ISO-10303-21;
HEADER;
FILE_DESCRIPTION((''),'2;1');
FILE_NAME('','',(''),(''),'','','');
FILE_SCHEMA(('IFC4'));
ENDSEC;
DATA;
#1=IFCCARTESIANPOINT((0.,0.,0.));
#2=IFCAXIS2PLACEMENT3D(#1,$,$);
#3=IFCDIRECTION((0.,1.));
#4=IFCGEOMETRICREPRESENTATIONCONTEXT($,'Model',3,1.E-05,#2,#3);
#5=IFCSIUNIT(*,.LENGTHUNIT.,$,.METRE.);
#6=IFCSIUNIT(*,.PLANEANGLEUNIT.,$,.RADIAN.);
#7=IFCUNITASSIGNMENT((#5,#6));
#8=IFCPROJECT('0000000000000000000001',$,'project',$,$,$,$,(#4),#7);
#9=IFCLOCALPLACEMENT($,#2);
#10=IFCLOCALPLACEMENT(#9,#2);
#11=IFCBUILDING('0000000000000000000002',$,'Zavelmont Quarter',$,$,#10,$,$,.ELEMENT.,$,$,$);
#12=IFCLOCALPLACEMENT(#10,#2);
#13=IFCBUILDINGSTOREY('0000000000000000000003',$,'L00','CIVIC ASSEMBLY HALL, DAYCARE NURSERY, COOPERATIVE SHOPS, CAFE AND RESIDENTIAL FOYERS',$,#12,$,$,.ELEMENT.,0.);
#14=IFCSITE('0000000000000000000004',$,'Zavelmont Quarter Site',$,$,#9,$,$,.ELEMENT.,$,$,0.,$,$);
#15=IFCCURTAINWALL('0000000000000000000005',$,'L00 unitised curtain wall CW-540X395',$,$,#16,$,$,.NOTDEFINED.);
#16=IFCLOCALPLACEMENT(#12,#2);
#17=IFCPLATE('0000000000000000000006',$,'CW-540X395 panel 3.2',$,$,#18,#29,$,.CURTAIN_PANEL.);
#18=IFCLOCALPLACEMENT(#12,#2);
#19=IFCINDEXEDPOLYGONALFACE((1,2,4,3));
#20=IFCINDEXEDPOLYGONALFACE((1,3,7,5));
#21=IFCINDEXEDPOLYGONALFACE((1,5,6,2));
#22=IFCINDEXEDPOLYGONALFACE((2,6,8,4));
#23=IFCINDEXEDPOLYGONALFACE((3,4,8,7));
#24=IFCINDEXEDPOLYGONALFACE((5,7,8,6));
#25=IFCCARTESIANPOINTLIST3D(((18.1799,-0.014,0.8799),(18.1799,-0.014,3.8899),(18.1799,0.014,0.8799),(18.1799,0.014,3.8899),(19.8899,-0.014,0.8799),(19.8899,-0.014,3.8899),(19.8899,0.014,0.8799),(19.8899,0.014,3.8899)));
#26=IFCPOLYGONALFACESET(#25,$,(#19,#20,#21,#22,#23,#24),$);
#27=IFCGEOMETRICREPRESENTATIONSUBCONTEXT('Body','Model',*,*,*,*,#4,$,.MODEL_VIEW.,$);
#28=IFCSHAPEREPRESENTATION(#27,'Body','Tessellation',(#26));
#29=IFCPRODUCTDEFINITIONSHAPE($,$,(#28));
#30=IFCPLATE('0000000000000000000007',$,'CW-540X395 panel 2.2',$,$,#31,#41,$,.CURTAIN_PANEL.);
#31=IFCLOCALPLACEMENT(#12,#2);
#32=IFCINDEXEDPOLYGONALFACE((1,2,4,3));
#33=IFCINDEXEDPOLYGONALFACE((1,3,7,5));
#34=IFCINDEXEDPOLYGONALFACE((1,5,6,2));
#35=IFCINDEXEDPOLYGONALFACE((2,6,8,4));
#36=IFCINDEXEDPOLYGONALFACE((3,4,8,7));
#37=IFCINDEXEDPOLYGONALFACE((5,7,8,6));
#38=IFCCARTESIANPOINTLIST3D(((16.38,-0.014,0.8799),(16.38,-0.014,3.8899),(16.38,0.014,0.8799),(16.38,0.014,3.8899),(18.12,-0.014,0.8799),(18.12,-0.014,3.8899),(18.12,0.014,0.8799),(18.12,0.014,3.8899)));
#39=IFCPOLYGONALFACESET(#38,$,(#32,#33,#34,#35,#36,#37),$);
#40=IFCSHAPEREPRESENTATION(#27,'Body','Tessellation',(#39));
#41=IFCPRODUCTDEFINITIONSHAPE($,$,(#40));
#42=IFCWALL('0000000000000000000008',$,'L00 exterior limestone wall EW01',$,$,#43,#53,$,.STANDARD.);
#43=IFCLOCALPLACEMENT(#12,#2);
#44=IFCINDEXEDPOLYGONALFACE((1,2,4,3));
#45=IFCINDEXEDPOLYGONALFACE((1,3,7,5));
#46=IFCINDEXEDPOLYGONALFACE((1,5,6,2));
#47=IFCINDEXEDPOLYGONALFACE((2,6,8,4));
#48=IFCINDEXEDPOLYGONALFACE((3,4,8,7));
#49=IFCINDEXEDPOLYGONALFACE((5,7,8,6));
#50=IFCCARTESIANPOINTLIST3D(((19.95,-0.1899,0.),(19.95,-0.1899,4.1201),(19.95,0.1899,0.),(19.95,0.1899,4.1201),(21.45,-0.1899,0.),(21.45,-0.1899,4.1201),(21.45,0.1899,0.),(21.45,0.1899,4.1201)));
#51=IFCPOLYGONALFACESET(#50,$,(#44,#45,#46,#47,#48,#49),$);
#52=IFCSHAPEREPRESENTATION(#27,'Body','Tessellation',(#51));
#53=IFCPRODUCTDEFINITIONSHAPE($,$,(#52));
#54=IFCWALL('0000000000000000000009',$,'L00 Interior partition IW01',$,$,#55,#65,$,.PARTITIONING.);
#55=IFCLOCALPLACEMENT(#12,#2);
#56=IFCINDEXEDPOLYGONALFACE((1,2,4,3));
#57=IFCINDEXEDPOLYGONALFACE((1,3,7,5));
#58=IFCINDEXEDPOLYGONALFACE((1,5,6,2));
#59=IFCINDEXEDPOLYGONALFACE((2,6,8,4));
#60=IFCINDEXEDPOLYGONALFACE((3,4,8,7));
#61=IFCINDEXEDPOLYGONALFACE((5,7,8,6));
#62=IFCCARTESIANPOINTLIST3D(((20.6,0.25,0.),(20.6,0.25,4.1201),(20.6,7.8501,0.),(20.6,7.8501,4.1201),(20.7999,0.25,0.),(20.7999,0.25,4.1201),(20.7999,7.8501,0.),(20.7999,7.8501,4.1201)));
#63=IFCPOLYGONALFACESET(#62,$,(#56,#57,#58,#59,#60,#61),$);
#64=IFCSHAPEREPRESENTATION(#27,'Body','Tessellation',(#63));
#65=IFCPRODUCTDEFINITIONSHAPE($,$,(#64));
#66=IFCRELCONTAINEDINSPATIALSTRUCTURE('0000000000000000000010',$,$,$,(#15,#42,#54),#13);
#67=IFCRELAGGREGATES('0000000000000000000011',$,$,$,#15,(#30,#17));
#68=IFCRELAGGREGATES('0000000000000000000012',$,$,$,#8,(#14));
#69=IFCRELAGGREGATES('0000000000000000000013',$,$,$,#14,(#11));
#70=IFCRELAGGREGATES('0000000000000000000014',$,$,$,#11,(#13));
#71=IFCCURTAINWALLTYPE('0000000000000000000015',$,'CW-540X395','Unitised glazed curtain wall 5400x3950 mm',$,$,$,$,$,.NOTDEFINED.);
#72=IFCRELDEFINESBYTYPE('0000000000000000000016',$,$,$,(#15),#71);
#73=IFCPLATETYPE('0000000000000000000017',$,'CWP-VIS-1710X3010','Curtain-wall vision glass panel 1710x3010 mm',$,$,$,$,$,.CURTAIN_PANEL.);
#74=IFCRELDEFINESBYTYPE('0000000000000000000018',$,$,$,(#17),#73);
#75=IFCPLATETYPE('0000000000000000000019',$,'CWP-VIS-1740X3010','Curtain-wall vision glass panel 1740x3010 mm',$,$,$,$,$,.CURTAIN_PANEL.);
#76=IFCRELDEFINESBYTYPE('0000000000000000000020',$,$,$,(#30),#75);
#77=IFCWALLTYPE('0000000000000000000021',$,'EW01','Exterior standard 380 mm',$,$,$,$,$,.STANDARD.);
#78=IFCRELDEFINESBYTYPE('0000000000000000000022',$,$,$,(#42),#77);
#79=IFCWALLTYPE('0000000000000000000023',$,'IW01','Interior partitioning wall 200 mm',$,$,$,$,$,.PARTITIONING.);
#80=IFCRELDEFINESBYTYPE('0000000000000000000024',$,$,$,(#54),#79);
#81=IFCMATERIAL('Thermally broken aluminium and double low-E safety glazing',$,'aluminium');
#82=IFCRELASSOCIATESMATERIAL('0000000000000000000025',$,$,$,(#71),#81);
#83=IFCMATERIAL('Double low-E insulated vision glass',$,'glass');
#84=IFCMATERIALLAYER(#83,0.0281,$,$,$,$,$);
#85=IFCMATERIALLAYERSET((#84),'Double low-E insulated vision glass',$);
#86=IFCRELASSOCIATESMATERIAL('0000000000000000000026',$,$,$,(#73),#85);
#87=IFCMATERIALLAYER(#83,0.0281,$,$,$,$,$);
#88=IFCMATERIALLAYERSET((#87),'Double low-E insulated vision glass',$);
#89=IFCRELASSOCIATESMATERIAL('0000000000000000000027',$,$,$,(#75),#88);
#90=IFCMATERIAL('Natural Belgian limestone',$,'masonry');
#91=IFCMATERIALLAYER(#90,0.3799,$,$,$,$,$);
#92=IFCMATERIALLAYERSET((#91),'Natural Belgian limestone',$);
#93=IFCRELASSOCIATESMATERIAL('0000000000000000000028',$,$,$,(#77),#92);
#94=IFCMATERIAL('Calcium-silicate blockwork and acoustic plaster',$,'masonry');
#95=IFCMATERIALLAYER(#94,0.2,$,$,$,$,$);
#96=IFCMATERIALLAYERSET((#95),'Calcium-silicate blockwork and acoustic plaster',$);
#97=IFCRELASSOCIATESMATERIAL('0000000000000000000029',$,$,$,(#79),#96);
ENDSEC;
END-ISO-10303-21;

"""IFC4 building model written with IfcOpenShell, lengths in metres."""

from ifc_helpers import new_model, si_unit, direction, frame, frame_2d, origin, origin_2d, place, context, subcontext, project, spatial, rectangle, extrude, material, layer, layer_set, type_object, element, aggregate, save


model = new_model("IFC4")

# Units and contexts
model_context = context("Model", 3, precision=1e-05, world=origin(), true_north=direction((0.0, 1.0)))
body_context = subcontext(model_context, "Body", "Model", "MODEL_VIEW")
ifc_project = project(units=[si_unit("LENGTHUNIT", "METRE"), si_unit("PLANEANGLEUNIT", "RADIAN")], contexts=[model_context])

# Site, building, storey
site_placement = place(None, origin())
site = spatial("IfcSite", under=ifc_project, at=site_placement, Name="Zavelmont Quarter Site", CompositionType="ELEMENT", RefElevation=0.0)
building_placement = place(site_placement, origin())
building = spatial("IfcBuilding", under=site, at=building_placement, Name="Zavelmont Quarter", CompositionType="ELEMENT")
storey_placement = place(building_placement, origin())
storey = spatial("IfcBuildingStorey", under=building, at=storey_placement, Name="L00", Description="CIVIC ASSEMBLY HALL, DAYCARE NURSERY, COOPERATIVE SHOPS, CAFE AND RESIDENTIAL FOYERS", CompositionType="ELEMENT", Elevation=0.0)

# Curtain wall
ifc_material_1 = material(Name="Thermally broken aluminium and double low-E safety glazing", Category="aluminium")
curtain_wall_type = type_object("IfcCurtainWallType", Name="CW-540X395", Description="Unitised glazed curtain wall 5400x3950 mm", PredefinedType="NOTDEFINED", material=ifc_material_1)
curtain_wall_placement = place(storey_placement, origin())
curtain_wall = element("IfcCurtainWall", 1, at=curtain_wall_placement, inside=storey, type_object=curtain_wall_type, Name="L00 unitised curtain wall CW-540X395", PredefinedType="NOTDEFINED")

# Plates
ifc_material_2 = material(Name="Double low-E insulated vision glass", Category="glass")
ifc_layer_1 = layer(ifc_material_2, 0.0281)
ifc_layer_set_1 = layer_set([ifc_layer_1], Name="Double low-E insulated vision glass")
plate_type_1 = type_object("IfcPlateType", Name="CWP-VIS-1710X3010", Description="Curtain-wall vision glass panel 1710x3010 mm", PredefinedType="CURTAIN_PANEL", material=ifc_layer_set_1)
plate_1_placement = place(storey_placement, frame((19.0349, 0.0, 0.8799), z_axis=(0.0, 0.0, 1.0), x_axis=(1.0, 0.0, 0.0)))
plate_1 = element("IfcPlate", 2, at=plate_1_placement, type_object=plate_type_1, Name="CW-540X395 panel 3.2", PredefinedType="CURTAIN_PANEL", context=body_context, shape_type="SweptSolid", body=[
    extrude(rectangle(XDim=1.71, YDim=0.0281, at=origin_2d()), origin(), (0.0, 0.0, 1.0), 3.01),
])
ifc_layer_2 = layer(ifc_material_2, 0.0281)
ifc_layer_set_2 = layer_set([ifc_layer_2], Name="Double low-E insulated vision glass")
plate_type_2 = type_object("IfcPlateType", Name="CWP-VIS-1740X3010", Description="Curtain-wall vision glass panel 1740x3010 mm", PredefinedType="CURTAIN_PANEL", material=ifc_layer_set_2)
plate_2_placement = place(storey_placement, frame((17.25, 0.0, 0.8799), z_axis=(0.0, 0.0, 1.0), x_axis=(1.0, 0.0, 0.0)))
plate_2 = element("IfcPlate", 3, at=plate_2_placement, type_object=plate_type_2, Name="CW-540X395 panel 2.2", PredefinedType="CURTAIN_PANEL", context=body_context, shape_type="SweptSolid", body=[
    extrude(rectangle(XDim=1.74, YDim=0.0281, at=origin_2d()), origin(), (0.0, 0.0, 1.0), 3.01),
])
aggregate(curtain_wall, [plate_2, plate_1])

# Walls
ifc_material_3 = material(Name="Natural Belgian limestone", Category="masonry")
ifc_layer_3 = layer(ifc_material_3, 0.3799)
ifc_layer_set_3 = layer_set([ifc_layer_3], Name="Natural Belgian limestone")
wall_type_1 = type_object("IfcWallType", Name="EW01", Description="Exterior standard 380 mm", PredefinedType="STANDARD", material=ifc_layer_set_3)
wall_1_placement = place(storey_placement, frame((19.95, 0.0, 0.0), z_axis=(0.0, 0.0, 1.0), x_axis=(1.0, 0.0, 0.0)))
element("IfcWall", 4, at=wall_1_placement, inside=storey, type_object=wall_type_1, Name="L00 exterior limestone wall EW01", PredefinedType="STANDARD", context=body_context, shape_type="SweptSolid", body=[
    extrude(rectangle(XDim=1.5, YDim=0.3799, at=frame_2d((0.75, 0.0))), origin(), (0.0, 0.0, 1.0), 4.1201),
])
ifc_material_4 = material(Name="Calcium-silicate blockwork and acoustic plaster", Category="masonry")
ifc_layer_4 = layer(ifc_material_4, 0.2)
ifc_layer_set_4 = layer_set([ifc_layer_4], Name="Calcium-silicate blockwork and acoustic plaster")
wall_type_2 = type_object("IfcWallType", Name="IW01", Description="Interior partitioning wall 200 mm", PredefinedType="PARTITIONING", material=ifc_layer_set_4)
wall_2_placement = place(storey_placement, frame((20.7, 0.25, 0.0), z_axis=(0.0, 0.0, 1.0), x_axis=(0.0, 1.0, 0.0)))
element("IfcWall", 5, at=wall_2_placement, inside=storey, type_object=wall_type_2, Name="L00 Interior partition IW01", PredefinedType="PARTITIONING", context=body_context, shape_type="SweptSolid", body=[
    extrude(rectangle(XDim=7.6001, YDim=0.2, at=frame_2d((3.8, 0.0))), origin(), (0.0, 0.0, 1.0), 4.1201),
])

save(model, "model.ifc")
